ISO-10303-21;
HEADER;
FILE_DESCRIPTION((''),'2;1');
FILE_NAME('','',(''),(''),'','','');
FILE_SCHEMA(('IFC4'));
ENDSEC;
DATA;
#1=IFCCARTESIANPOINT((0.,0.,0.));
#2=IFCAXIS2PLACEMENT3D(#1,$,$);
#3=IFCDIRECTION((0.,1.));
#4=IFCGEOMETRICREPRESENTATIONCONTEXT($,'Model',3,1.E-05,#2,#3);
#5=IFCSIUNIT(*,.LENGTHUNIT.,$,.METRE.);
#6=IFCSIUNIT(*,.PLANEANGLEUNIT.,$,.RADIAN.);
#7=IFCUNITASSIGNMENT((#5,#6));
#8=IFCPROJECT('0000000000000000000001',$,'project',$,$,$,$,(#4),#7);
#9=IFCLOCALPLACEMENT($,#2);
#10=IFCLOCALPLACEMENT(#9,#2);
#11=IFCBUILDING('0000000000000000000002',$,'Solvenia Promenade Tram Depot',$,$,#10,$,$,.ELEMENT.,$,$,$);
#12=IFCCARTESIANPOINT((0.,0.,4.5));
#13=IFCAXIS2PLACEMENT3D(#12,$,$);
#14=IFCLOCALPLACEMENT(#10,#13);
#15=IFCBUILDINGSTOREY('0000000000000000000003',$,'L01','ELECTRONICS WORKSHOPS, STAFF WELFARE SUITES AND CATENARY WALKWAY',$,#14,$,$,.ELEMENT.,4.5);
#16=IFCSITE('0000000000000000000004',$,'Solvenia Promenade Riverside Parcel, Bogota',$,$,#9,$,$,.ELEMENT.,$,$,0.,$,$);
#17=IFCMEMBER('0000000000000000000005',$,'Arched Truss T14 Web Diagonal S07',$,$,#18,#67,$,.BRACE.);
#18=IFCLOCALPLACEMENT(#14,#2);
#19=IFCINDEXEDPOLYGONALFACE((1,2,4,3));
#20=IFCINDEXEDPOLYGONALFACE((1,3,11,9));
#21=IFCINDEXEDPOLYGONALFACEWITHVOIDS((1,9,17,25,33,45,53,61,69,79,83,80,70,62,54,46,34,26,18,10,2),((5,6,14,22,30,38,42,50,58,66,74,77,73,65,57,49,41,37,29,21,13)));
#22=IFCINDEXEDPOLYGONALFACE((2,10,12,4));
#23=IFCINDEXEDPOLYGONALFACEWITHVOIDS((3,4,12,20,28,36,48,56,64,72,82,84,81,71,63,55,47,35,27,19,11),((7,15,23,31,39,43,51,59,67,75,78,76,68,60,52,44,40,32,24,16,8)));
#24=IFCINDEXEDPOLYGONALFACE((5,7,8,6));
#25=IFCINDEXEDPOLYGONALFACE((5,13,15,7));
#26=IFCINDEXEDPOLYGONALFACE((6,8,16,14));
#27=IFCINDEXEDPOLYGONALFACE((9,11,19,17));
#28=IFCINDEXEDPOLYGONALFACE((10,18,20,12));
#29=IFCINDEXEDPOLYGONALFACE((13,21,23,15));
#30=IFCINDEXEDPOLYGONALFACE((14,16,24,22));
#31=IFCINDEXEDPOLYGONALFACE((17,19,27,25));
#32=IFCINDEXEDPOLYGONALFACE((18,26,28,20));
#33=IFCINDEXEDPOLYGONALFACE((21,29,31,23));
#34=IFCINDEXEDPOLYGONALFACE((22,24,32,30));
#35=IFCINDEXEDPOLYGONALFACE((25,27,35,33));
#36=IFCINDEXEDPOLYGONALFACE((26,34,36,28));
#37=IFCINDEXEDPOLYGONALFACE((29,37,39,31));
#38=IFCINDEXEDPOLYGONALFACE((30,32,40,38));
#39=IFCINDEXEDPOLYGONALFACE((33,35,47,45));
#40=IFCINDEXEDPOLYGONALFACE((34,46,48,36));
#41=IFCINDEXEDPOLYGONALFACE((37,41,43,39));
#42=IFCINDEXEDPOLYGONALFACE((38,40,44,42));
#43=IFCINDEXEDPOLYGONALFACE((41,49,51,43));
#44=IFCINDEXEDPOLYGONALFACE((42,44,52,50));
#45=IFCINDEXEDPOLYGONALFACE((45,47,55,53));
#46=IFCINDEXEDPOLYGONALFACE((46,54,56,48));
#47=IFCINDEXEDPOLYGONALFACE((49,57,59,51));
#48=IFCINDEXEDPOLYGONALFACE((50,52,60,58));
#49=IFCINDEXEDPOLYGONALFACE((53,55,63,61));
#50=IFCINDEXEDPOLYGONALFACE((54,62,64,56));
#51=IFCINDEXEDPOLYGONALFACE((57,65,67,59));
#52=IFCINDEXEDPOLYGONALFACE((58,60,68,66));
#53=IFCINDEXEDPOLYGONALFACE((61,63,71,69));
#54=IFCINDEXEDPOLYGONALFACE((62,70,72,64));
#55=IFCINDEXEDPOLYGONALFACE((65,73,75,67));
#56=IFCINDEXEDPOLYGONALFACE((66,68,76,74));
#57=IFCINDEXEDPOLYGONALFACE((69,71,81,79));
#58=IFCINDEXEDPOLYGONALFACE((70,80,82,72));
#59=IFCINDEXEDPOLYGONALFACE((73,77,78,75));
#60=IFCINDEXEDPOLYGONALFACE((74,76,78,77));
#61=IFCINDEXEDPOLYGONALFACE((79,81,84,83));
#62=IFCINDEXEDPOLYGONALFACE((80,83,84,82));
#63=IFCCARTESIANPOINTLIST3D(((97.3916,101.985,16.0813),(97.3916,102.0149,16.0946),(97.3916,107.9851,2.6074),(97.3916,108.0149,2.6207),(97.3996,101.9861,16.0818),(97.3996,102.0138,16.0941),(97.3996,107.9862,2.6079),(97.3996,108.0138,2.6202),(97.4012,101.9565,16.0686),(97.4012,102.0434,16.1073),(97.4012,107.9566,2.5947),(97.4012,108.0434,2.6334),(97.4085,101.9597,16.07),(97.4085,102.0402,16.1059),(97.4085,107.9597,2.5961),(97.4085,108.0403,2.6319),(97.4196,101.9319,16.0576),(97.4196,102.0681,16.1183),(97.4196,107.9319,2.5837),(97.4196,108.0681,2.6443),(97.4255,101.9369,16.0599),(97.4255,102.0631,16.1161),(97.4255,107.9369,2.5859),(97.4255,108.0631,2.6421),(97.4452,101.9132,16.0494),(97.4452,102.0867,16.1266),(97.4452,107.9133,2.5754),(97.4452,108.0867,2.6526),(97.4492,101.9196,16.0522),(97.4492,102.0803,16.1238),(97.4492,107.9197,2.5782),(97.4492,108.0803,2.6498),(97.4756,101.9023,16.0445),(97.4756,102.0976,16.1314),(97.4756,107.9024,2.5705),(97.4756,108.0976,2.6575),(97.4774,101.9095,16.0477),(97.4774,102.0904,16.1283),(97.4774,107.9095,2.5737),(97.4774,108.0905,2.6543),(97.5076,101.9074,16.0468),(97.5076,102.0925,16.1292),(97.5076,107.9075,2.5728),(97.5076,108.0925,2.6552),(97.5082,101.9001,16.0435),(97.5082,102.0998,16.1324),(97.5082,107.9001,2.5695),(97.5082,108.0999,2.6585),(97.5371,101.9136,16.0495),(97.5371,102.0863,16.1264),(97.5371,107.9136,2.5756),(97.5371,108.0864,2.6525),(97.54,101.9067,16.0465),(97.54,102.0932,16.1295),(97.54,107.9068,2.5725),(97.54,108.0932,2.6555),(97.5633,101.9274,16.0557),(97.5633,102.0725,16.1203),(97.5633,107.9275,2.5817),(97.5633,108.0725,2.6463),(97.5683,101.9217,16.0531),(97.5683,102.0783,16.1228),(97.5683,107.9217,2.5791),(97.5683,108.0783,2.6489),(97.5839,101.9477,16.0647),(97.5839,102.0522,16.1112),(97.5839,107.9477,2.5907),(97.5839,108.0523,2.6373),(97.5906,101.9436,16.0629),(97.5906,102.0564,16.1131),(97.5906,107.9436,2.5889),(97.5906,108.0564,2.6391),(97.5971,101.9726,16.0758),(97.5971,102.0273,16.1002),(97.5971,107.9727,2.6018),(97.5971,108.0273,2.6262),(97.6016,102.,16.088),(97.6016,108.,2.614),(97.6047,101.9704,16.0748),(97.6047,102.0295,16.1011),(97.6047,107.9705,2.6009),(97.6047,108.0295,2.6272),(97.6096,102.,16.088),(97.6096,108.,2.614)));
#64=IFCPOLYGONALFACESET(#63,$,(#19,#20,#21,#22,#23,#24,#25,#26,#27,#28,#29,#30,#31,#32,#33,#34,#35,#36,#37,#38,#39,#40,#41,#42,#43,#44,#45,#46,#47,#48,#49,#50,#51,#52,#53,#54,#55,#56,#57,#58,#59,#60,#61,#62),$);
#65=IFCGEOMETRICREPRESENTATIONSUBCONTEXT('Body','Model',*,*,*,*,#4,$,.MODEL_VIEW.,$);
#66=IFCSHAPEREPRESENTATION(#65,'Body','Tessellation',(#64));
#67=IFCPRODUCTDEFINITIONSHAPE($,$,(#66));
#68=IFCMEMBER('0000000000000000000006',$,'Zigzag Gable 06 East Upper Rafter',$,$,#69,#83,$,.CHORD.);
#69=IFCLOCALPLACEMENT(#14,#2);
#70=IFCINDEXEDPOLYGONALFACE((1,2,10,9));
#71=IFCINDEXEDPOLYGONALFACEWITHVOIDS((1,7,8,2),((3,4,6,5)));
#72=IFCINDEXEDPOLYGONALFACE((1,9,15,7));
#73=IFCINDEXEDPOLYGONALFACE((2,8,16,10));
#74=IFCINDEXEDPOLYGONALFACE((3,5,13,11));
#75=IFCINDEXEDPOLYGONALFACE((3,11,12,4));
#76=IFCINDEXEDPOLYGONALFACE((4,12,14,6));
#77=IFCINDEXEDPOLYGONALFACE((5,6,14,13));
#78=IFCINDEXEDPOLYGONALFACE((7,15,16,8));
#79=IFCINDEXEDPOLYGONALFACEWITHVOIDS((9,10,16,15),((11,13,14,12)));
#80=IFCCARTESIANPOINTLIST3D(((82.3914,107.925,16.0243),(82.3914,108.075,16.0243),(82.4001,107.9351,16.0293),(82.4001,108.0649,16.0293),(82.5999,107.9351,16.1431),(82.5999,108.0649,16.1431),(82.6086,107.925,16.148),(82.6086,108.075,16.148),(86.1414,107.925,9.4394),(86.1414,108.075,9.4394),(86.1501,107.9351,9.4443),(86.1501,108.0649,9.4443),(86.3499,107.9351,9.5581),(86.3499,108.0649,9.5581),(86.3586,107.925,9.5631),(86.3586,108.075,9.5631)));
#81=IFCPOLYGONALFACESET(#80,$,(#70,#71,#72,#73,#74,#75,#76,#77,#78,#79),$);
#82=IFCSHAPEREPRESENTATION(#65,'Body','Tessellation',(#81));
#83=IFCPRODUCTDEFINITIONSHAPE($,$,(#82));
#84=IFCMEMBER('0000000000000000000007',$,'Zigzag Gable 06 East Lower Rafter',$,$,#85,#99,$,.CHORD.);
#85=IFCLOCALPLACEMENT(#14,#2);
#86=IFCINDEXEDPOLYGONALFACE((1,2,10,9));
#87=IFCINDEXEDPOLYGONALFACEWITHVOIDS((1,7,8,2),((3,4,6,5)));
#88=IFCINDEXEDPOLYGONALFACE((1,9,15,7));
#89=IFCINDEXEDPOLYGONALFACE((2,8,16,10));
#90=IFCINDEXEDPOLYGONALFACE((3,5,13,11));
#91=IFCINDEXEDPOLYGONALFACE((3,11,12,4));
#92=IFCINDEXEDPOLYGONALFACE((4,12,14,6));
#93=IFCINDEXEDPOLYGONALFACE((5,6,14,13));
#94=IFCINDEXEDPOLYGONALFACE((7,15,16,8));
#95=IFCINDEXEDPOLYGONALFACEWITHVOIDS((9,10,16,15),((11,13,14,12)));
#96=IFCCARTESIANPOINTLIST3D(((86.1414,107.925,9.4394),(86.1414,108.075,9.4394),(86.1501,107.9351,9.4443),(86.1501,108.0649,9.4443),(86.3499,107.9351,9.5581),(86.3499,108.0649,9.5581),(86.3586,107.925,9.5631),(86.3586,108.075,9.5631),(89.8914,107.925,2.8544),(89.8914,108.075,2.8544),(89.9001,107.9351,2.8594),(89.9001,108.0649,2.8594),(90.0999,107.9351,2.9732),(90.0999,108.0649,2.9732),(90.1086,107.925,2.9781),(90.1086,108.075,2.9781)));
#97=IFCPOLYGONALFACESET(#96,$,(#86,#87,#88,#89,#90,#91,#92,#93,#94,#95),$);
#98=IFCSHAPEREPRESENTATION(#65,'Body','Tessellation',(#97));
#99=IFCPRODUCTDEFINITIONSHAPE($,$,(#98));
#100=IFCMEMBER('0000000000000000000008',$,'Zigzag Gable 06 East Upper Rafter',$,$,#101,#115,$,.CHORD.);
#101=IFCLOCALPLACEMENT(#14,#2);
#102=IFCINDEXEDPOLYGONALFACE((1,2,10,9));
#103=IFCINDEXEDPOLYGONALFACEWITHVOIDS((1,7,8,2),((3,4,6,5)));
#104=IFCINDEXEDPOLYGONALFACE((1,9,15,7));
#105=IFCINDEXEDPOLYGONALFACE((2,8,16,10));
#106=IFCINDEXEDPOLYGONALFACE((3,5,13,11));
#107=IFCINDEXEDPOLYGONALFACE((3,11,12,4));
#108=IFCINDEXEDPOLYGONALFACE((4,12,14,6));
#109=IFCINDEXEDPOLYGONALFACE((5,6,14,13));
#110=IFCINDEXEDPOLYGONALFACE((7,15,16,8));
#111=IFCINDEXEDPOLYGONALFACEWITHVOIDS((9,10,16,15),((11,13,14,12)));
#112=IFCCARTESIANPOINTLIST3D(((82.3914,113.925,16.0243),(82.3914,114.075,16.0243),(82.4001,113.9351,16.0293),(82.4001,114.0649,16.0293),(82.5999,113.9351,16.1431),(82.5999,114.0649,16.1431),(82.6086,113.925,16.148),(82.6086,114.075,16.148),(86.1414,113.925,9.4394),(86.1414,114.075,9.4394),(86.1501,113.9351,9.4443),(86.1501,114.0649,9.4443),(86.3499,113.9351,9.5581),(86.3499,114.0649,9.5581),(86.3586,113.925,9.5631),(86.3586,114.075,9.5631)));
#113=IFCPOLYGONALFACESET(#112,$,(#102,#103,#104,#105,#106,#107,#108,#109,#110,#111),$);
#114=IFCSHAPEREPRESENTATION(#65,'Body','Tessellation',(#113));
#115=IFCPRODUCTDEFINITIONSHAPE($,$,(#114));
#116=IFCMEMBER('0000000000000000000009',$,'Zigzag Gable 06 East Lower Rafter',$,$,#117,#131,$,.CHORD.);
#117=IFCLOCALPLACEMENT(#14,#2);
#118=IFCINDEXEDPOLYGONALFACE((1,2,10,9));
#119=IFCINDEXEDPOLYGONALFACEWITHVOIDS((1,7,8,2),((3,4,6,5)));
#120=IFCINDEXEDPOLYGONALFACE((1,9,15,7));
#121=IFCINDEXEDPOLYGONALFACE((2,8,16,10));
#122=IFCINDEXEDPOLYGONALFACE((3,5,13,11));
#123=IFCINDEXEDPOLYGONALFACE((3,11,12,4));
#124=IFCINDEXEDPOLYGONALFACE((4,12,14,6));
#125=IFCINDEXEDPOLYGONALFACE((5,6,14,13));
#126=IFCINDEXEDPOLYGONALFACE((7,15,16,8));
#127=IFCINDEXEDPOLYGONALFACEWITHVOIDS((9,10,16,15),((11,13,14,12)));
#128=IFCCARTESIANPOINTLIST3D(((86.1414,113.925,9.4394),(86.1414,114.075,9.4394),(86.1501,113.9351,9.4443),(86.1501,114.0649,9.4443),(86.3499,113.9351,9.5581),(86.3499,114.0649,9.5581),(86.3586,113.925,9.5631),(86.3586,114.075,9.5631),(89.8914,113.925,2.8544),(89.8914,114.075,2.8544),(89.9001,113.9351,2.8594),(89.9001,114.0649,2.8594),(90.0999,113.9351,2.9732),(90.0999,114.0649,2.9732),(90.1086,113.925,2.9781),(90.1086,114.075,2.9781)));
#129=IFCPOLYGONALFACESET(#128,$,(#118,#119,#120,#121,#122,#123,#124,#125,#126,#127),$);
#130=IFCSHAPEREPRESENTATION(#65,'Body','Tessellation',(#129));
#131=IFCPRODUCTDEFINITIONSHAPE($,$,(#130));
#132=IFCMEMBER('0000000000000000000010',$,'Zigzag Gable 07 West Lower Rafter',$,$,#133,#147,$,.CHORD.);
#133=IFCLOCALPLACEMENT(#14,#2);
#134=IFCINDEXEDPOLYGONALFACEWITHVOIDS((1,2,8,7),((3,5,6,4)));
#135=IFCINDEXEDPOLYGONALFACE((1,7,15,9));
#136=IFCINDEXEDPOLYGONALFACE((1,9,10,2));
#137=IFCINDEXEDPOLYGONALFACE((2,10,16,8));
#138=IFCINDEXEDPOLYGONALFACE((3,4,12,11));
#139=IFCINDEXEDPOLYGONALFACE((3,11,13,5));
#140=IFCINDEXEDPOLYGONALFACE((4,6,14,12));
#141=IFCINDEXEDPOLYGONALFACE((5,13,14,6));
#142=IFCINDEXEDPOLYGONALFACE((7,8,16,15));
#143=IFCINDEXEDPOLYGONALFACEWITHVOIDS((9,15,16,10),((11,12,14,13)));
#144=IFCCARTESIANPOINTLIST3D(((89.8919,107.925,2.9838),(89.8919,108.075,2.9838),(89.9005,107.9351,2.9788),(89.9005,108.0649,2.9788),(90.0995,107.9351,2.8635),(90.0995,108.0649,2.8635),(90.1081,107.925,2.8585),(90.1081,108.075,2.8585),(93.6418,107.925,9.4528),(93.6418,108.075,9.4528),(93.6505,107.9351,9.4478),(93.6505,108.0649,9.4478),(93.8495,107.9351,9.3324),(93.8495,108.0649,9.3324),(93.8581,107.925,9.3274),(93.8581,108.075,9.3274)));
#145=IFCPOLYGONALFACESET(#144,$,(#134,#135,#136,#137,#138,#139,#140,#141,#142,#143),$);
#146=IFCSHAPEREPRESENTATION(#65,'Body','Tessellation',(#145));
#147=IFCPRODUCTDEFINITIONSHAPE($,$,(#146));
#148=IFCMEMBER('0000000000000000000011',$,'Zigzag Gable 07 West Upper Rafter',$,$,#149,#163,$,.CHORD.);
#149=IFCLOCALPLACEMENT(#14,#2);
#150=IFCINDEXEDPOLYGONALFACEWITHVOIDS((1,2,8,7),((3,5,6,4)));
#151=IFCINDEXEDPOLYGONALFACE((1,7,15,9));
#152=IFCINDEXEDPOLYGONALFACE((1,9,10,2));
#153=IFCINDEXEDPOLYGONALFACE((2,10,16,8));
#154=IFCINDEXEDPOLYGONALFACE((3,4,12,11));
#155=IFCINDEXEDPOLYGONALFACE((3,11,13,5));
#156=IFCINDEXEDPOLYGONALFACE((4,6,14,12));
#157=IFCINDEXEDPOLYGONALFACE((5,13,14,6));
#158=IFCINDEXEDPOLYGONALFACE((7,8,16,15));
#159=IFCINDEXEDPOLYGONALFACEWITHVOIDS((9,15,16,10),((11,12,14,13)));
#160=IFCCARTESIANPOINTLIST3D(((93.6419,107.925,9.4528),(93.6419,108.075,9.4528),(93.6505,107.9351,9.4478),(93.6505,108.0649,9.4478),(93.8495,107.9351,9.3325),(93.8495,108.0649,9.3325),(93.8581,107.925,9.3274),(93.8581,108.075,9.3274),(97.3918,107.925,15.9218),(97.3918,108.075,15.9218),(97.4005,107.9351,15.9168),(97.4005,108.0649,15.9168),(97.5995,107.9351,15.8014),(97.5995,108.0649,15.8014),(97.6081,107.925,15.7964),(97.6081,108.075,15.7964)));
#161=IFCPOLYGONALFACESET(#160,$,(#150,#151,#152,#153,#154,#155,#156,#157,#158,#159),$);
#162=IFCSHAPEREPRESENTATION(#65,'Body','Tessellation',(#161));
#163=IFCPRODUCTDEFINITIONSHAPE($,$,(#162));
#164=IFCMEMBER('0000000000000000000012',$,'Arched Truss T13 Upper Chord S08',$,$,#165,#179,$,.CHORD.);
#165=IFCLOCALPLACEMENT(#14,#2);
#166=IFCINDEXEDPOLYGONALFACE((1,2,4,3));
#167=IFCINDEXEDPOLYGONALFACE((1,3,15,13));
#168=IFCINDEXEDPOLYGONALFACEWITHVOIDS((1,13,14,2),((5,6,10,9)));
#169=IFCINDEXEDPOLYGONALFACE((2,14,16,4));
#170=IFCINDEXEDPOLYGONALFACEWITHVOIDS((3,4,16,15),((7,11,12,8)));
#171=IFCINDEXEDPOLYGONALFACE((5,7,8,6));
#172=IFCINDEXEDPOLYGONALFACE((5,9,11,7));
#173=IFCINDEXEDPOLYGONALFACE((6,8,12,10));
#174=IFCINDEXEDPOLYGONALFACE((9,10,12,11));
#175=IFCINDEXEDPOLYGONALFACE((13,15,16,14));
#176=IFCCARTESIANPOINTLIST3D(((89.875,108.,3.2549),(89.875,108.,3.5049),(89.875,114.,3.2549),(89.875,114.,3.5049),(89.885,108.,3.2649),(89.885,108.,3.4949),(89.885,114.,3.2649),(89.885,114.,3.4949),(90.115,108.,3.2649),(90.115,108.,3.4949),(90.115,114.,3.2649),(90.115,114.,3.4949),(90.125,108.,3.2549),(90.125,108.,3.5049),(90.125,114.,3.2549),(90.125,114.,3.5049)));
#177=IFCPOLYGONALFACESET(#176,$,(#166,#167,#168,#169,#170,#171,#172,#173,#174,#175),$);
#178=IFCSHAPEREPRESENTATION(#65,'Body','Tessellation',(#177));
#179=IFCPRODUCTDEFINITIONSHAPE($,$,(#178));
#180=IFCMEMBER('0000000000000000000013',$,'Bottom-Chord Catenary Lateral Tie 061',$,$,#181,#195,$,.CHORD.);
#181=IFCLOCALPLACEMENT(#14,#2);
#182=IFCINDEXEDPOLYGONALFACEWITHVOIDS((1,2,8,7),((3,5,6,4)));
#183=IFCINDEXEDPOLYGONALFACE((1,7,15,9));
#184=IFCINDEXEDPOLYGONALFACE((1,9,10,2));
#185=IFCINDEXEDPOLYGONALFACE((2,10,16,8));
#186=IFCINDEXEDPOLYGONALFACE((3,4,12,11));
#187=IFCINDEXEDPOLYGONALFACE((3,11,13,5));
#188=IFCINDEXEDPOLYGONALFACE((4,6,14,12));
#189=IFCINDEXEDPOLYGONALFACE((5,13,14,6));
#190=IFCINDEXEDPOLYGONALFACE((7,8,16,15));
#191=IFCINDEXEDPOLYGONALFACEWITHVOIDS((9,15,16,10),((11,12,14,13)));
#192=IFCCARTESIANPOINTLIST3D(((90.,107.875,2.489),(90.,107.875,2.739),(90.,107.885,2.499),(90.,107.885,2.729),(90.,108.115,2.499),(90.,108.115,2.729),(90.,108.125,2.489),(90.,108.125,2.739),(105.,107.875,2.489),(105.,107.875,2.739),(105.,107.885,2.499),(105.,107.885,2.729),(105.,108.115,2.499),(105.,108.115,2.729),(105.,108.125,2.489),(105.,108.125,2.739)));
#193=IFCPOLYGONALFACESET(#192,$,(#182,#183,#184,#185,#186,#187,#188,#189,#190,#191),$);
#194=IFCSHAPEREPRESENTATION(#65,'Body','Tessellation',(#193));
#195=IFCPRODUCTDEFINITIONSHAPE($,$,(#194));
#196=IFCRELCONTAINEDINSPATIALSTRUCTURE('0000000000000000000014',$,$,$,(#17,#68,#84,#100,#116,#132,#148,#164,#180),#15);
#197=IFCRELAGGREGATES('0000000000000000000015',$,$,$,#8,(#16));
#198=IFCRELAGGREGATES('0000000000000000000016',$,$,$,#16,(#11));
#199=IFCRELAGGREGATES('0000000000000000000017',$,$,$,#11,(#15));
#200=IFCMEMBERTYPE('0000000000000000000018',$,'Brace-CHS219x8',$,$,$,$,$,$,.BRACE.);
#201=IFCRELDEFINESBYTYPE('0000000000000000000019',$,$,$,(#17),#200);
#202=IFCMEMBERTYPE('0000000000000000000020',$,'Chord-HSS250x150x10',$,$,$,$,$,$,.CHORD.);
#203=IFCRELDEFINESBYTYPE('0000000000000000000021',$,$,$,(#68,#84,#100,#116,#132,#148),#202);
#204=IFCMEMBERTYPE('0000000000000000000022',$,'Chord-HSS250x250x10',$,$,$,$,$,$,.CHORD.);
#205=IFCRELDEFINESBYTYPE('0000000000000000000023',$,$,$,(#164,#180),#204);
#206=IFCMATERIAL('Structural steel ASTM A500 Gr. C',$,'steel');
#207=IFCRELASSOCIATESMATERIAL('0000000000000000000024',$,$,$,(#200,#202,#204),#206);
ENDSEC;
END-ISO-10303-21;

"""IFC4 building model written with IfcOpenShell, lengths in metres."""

from ifc_helpers import new_model, si_unit, direction, frame, origin, origin_2d, place, context, subcontext, project, spatial, hollow_rectangle, hollow_circle, extrude, material, material_profile, profile_set, type_object, element, save


model = new_model("IFC4")

# Units and contexts
model_context = context("Model", 3, precision=1e-05, world=origin(), true_north=direction((0.0, 1.0)))
body_context = subcontext(model_context, "Body", "Model", "MODEL_VIEW")
ifc_project = project(units=[si_unit("LENGTHUNIT", "METRE"), si_unit("PLANEANGLEUNIT", "RADIAN")], contexts=[model_context])

# Site, building, storey
site_placement = place(None, origin())
site = spatial("IfcSite", under=ifc_project, at=site_placement, Name="Solvenia Promenade Riverside Parcel, Bogota", CompositionType="ELEMENT", RefElevation=0.0)
building_placement = place(site_placement, origin())
building = spatial("IfcBuilding", under=site, at=building_placement, Name="Solvenia Promenade Tram Depot", CompositionType="ELEMENT")
storey_placement = place(building_placement, frame((0.0, 0.0, 4.5)))
storey = spatial("IfcBuildingStorey", under=building, at=storey_placement, Name="L01", Description="ELECTRONICS WORKSHOPS, STAFF WELFARE SUITES AND CATENARY WALKWAY", CompositionType="ELEMENT", Elevation=4.5)

# Members
ifc_material_1 = material(Name="Structural steel ASTM A500 Gr. C", Category="steel")
ifc_material_profile_1 = material_profile(ifc_material_1, hollow_circle(Radius=0.1096, WallThickness=0.0081, at=origin_2d()), Name="CHS219.1x8", Category="steel")
ifc_profile_set_1 = profile_set([ifc_material_profile_1], Name="Structural steel ASTM A500 Gr. C")
member_type_1 = type_object("IfcMemberType", Name="Brace-CHS219x8", PredefinedType="BRACE", material=ifc_profile_set_1)
member_1_placement = place(storey_placement, frame((97.5, 108.0, 2.614), z_axis=(0.0, -0.406796, 0.913519), x_axis=(1.0, 0.0, 0.0)))
element("IfcMember", 1, at=member_1_placement, inside=storey, type_object=member_type_1, Name="Arched Truss T14 Web Diagonal S07", PredefinedType="BRACE", context=body_context, shape_type="SweptSolid", body=[
    extrude(hollow_circle(Radius=0.1096, WallThickness=0.0081, at=origin_2d()), origin(), (0.0, 0.0, 1.0), 14.7495),
])
ifc_material_profile_2 = material_profile(ifc_material_1, hollow_rectangle(XDim=0.1499, YDim=0.25, WallThickness=0.01, at=origin_2d()), Name="HSS250x150x10", Category="steel")
ifc_profile_set_2 = profile_set([ifc_material_profile_2], Name="Structural steel ASTM A500 Gr. C")
member_type_2 = type_object("IfcMemberType", Name="Chord-HSS250x150x10", PredefinedType="CHORD", material=ifc_profile_set_2)
for number, where, z_axis, x_axis, name in (
    (2, (82.5, 108.0, 16.0862), (0.494862, 0.0, -0.868972), (0.0, 1.0, 0.0), "Zigzag Gable 06 East Upper Rafter"),
    (3, (86.25, 108.0, 9.5012), (0.494862, 0.0, -0.868972), (0.0, 1.0, 0.0), "Zigzag Gable 06 East Lower Rafter"),
    (4, (82.5, 114.0, 16.0862), (0.494862, 0.0, -0.868972), (0.0, 1.0, 0.0), "Zigzag Gable 06 East Upper Rafter"),
    (5, (86.25, 114.0, 9.5012), (0.494862, 0.0, -0.868972), (0.0, 1.0, 0.0), "Zigzag Gable 06 East Lower Rafter"),
):
    element("IfcMember", number, at=place(storey_placement, frame(where, z_axis=z_axis, x_axis=x_axis)), inside=storey, type_object=member_type_2, Name=name, PredefinedType="CHORD", context=body_context, shape_type="SweptSolid", body=[
        extrude(hollow_rectangle(XDim=0.1499, YDim=0.25, WallThickness=0.01, at=origin_2d()), origin(), (0.0, 0.0, 1.0), 7.5779),
    ])
for number, where, z_axis, x_axis, name in (
    (6, (90.0, 108.0, 2.9211), (0.501516, 0.0, 0.865148), (0.0, 1.0, 0.0), "Zigzag Gable 07 West Lower Rafter"),
    (7, (93.75, 108.0, 9.3901), (0.501516, 0.0, 0.865148), (0.0, 1.0, 0.0), "Zigzag Gable 07 West Upper Rafter"),
):
    element("IfcMember", number, at=place(storey_placement, frame(where, z_axis=z_axis, x_axis=x_axis)), inside=storey, type_object=member_type_2, Name=name, PredefinedType="CHORD", context=body_context, shape_type="SweptSolid", body=[
        extrude(hollow_rectangle(XDim=0.1499, YDim=0.25, WallThickness=0.01, at=origin_2d()), origin(), (0.0, 0.0, 1.0), 7.4773),
    ])
ifc_material_profile_3 = material_profile(ifc_material_1, hollow_rectangle(XDim=0.25, YDim=0.25, WallThickness=0.01, at=origin_2d()), Name="HSS250x250x10", Category="steel")
ifc_profile_set_3 = profile_set([ifc_material_profile_3], Name="Structural steel ASTM A500 Gr. C")
member_type_3 = type_object("IfcMemberType", Name="Chord-HSS250x250x10", PredefinedType="CHORD", material=ifc_profile_set_3)
member_2_placement = place(storey_placement, frame((90.0, 108.0, 3.3799), z_axis=(0.0, 1.0, 0.0), x_axis=(-1.0, 0.0, 0.0)))
element("IfcMember", 8, at=member_2_placement, inside=storey, type_object=member_type_3, Name="Arched Truss T13 Upper Chord S08", PredefinedType="CHORD", context=body_context, shape_type="SweptSolid", body=[
    extrude(hollow_rectangle(XDim=0.25, YDim=0.25, WallThickness=0.01, at=origin_2d()), origin(), (0.0, 0.0, 1.0), 6.0),
])
member_3_placement = place(storey_placement, frame((90.0, 108.0, 2.614), z_axis=(1.0, 0.0, 0.0), x_axis=(0.0, 1.0, 0.0)))
element("IfcMember", 9, at=member_3_placement, inside=storey, type_object=member_type_3, Name="Bottom-Chord Catenary Lateral Tie 061", PredefinedType="CHORD", context=body_context, shape_type="SweptSolid", body=[
    extrude(hollow_rectangle(XDim=0.25, YDim=0.25, WallThickness=0.01, at=origin_2d()), origin(), (0.0, 0.0, 1.0), 15.0),
])

save(model, "model.ifc")
